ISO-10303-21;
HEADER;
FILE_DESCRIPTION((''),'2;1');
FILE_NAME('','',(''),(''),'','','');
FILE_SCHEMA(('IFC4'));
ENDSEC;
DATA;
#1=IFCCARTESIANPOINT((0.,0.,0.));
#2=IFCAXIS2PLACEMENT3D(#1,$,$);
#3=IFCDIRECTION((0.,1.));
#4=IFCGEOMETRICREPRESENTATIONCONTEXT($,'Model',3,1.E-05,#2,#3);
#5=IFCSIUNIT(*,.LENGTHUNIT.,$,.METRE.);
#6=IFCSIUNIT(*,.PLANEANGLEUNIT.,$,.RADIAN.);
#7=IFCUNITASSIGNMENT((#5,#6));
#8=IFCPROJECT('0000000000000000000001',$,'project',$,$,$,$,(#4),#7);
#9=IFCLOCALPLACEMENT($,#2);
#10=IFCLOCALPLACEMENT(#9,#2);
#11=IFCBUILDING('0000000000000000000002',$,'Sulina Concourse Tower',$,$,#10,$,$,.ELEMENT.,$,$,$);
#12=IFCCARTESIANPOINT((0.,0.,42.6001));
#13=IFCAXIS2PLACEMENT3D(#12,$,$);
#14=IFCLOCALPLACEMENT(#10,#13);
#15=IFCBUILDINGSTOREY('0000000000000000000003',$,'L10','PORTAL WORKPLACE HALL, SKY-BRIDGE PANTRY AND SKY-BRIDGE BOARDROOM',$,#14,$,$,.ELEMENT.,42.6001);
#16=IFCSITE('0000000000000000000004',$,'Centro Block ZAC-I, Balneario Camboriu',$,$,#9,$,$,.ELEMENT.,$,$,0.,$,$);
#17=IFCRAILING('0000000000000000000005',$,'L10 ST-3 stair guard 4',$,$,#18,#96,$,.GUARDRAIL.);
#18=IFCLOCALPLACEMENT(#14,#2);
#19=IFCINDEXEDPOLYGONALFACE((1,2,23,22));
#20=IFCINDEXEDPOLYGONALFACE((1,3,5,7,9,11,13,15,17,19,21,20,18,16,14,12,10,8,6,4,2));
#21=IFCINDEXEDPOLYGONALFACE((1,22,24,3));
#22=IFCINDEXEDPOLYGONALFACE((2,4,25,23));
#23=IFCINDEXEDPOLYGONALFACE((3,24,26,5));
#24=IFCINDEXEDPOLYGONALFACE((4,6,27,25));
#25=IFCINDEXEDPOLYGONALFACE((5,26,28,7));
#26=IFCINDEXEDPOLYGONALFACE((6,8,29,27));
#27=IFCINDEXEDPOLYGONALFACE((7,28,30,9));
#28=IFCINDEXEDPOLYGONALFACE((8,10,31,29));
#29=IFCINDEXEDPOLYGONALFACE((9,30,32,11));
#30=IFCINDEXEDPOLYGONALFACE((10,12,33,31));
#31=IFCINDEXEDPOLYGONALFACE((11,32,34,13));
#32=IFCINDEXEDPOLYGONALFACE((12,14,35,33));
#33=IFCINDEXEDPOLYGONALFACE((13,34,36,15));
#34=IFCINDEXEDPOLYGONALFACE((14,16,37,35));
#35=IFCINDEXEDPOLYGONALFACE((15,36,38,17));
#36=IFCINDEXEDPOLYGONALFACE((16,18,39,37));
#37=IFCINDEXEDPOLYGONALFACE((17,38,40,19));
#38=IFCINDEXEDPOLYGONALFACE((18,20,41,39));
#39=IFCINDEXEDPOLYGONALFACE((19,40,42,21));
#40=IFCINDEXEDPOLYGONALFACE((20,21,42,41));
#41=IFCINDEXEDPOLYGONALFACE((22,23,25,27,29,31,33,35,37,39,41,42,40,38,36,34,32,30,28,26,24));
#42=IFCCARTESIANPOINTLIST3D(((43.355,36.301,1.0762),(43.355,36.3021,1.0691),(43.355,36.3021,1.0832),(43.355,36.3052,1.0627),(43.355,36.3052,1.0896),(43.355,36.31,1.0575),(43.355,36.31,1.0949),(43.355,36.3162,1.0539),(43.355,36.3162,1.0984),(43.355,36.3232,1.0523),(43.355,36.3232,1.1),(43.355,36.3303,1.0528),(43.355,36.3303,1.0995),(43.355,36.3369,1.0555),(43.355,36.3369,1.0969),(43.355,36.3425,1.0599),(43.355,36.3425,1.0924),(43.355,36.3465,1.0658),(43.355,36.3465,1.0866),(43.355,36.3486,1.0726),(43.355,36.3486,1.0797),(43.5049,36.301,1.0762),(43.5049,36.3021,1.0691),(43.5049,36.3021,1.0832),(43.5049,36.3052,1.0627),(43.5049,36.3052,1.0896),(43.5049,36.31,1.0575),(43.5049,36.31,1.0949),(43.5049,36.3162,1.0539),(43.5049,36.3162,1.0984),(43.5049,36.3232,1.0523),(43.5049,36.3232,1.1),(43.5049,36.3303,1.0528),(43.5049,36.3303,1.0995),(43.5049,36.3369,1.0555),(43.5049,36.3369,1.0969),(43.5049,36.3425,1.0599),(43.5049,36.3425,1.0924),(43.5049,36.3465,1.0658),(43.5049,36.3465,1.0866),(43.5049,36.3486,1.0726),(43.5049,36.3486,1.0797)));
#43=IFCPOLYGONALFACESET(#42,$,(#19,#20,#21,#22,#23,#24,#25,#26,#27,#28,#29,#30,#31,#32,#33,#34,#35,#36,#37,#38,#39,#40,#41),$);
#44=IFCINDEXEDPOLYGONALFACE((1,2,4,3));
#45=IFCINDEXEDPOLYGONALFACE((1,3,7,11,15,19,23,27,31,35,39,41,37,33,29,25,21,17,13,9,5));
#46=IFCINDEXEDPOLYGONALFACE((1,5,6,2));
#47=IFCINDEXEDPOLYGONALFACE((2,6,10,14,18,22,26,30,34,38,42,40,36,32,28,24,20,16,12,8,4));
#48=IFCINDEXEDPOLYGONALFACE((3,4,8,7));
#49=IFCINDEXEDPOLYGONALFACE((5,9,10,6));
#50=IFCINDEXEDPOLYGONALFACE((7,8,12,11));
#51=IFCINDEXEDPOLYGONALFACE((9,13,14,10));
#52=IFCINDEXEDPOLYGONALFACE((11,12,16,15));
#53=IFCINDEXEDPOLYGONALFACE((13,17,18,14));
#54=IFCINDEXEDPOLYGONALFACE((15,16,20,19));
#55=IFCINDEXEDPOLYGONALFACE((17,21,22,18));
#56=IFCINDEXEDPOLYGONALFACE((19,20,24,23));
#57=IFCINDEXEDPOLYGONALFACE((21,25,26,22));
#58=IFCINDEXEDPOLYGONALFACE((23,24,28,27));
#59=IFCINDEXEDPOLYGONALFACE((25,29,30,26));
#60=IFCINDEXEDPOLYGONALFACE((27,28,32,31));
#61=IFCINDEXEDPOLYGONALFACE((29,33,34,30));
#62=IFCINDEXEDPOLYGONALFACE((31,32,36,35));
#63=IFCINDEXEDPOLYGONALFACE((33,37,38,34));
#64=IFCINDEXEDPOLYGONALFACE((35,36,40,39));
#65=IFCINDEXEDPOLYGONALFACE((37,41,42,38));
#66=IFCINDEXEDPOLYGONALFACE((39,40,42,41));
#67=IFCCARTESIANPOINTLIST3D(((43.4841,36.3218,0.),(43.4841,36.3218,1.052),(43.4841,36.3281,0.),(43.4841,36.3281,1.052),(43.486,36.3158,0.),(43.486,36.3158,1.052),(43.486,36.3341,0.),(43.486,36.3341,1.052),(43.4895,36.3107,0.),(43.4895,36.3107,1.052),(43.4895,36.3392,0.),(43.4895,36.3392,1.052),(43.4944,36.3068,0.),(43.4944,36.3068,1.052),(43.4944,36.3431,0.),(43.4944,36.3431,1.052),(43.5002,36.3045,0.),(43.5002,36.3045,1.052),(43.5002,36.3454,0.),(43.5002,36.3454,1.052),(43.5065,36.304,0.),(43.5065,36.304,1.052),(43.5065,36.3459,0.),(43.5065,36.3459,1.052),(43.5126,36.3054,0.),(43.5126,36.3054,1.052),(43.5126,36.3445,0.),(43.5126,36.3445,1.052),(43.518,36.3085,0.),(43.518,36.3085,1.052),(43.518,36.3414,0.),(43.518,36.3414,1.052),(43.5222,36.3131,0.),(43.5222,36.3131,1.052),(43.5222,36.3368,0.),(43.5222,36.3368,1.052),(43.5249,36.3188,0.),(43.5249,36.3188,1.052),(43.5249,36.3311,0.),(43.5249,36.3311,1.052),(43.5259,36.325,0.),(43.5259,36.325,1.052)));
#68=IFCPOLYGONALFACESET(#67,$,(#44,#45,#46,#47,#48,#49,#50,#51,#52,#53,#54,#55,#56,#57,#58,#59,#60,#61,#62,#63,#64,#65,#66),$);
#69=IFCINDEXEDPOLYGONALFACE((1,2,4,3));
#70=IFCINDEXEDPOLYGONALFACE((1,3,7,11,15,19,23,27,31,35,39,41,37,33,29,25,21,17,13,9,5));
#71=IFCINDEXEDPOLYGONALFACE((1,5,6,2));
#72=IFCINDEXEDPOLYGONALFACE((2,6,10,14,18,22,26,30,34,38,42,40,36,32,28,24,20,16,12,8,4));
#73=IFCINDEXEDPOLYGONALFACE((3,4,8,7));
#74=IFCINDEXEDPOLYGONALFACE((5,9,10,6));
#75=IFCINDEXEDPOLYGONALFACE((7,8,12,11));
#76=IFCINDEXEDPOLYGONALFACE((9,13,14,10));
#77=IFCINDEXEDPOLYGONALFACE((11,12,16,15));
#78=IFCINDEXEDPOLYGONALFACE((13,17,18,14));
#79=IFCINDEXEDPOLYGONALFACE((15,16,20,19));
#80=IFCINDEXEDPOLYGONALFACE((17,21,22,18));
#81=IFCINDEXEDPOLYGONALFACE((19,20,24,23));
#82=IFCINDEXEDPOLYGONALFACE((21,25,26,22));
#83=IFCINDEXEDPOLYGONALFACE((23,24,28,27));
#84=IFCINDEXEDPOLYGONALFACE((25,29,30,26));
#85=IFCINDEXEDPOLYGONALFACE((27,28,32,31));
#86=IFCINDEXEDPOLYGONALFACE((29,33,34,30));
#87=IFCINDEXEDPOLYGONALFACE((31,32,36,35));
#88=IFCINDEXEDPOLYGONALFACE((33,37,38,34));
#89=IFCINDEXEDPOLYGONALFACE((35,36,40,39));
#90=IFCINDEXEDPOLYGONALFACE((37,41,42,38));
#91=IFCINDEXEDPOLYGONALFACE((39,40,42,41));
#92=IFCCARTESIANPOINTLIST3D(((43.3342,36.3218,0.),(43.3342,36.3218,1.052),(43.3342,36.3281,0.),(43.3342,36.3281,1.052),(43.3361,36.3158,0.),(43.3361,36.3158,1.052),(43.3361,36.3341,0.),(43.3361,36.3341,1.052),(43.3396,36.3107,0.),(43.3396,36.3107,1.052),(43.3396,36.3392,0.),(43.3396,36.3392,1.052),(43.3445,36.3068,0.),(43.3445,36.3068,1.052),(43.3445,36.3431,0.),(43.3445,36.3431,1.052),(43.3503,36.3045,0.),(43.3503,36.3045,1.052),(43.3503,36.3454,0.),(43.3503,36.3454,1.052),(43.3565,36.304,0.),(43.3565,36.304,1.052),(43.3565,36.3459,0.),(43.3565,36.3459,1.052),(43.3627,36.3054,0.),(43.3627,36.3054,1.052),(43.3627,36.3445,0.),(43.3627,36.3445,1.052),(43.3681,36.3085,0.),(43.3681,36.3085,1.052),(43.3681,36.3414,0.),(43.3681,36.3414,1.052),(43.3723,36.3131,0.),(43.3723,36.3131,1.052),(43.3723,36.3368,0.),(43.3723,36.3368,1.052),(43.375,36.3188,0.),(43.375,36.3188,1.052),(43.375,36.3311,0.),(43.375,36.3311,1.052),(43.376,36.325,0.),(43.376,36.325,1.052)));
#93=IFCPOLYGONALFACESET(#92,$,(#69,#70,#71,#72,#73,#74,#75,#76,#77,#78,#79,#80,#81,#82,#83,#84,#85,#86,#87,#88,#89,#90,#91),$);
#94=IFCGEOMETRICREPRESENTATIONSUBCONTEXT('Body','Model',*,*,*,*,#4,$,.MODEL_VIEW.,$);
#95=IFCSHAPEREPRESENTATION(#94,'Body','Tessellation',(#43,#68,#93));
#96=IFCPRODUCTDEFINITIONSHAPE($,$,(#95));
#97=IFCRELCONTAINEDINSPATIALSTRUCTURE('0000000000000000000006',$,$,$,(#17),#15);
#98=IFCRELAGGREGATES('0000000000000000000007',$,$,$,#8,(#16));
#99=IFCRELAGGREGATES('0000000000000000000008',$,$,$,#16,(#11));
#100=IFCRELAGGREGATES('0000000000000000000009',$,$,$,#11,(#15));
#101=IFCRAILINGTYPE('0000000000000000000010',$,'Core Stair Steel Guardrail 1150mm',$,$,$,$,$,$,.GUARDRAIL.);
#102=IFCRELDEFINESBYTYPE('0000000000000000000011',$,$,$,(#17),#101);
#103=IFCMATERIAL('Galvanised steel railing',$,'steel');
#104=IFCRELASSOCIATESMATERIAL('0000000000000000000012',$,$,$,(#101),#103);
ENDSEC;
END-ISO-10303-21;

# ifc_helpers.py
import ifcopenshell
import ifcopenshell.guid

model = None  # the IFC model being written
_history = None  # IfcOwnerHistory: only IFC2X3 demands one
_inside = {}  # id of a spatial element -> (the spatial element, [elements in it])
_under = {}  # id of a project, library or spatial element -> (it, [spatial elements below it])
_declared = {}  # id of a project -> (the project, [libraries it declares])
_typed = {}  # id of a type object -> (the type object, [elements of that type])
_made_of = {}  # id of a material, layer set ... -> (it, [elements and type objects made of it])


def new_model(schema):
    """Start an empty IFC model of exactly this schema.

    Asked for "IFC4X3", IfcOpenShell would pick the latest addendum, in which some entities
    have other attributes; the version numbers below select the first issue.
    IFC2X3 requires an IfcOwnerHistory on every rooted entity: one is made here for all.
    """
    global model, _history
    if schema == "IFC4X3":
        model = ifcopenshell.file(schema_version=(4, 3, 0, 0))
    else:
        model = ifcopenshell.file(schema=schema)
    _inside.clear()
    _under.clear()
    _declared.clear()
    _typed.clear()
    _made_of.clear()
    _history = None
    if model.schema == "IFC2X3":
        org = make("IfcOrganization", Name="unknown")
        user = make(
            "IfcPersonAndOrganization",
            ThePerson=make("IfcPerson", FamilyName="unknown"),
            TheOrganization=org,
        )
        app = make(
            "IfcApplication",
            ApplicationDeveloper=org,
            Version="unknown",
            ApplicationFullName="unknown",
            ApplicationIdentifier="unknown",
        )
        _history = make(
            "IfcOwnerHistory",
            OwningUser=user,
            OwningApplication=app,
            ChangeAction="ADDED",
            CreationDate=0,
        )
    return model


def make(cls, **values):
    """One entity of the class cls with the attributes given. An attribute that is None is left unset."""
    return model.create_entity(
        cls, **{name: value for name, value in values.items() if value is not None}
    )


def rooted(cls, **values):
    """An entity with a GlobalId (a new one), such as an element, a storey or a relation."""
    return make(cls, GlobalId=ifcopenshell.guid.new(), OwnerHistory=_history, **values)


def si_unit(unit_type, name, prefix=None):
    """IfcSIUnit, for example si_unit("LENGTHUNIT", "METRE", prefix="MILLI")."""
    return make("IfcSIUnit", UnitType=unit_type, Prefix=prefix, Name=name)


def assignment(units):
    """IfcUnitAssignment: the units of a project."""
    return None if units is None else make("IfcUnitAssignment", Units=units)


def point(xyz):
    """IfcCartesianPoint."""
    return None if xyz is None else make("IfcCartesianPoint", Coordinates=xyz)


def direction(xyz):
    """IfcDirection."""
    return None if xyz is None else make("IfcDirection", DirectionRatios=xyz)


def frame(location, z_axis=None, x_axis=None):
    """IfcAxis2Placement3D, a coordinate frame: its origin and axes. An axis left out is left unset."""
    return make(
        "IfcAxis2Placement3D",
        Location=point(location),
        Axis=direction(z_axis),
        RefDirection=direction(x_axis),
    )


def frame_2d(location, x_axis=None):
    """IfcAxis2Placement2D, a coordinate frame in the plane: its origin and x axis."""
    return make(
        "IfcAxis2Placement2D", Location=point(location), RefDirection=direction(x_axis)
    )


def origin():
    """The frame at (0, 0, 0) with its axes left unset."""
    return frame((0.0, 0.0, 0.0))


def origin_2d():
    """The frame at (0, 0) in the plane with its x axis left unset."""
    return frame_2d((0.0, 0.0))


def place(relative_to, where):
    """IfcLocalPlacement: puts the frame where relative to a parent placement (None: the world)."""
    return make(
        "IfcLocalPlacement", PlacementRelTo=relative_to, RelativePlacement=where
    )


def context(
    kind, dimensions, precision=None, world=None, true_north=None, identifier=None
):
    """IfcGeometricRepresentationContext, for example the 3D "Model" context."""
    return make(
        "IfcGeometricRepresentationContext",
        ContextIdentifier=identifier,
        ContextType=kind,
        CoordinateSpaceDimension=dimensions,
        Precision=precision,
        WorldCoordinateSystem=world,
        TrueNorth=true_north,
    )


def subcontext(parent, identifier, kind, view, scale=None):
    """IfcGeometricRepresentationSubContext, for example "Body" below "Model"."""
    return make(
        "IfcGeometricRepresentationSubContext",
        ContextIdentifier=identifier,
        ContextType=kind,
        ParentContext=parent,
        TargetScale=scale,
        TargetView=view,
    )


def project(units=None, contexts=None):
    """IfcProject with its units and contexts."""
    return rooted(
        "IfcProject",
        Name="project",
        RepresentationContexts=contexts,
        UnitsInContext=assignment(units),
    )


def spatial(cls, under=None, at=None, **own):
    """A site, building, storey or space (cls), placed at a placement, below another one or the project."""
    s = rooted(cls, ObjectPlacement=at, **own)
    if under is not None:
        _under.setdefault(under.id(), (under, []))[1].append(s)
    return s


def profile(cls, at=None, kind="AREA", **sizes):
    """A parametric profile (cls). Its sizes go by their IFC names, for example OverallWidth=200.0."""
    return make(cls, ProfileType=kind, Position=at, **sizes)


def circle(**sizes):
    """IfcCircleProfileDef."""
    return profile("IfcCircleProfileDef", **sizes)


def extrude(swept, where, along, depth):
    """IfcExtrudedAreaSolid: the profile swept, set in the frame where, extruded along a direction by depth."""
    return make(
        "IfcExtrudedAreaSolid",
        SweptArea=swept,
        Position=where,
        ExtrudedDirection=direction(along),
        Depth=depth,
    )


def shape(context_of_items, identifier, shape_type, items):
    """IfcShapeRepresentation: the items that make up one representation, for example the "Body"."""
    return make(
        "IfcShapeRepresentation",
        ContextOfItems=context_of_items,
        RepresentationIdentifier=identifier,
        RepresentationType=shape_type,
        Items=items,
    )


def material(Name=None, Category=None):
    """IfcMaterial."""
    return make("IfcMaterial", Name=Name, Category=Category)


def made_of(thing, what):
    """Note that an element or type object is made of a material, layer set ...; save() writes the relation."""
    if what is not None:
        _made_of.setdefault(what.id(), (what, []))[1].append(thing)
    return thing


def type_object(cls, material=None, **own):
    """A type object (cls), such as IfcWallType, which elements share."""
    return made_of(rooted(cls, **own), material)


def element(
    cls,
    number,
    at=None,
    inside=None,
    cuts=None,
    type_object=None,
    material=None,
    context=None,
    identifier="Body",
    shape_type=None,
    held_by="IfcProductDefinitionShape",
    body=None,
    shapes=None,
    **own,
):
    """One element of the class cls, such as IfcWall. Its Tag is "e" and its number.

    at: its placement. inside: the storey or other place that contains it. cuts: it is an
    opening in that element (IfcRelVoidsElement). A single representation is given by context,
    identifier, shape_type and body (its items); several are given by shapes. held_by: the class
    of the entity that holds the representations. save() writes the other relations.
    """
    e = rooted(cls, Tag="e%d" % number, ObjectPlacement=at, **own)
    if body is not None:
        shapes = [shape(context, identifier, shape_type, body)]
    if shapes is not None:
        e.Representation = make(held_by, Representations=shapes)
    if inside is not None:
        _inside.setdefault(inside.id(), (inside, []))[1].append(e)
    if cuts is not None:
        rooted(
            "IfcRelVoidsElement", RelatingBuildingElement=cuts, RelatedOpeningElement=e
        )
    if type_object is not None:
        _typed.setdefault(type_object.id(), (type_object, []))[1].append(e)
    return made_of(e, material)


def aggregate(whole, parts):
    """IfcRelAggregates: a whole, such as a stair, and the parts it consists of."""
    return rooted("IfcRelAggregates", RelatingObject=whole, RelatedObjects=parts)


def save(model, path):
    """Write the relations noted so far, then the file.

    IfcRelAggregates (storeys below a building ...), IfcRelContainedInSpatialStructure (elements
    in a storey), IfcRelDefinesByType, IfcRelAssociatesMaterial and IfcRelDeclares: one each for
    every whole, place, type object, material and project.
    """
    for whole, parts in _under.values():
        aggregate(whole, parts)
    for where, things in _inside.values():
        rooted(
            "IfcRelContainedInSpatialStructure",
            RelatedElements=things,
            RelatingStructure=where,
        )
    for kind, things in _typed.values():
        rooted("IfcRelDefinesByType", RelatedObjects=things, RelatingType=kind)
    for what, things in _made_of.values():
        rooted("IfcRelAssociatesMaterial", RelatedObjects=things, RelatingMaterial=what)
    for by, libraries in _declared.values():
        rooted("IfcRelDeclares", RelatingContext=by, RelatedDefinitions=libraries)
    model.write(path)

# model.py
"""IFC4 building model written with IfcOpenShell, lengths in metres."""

from ifc_helpers import new_model, si_unit, direction, frame, origin, origin_2d, place, context, subcontext, project, spatial, circle, extrude, material, type_object, element, save


model = new_model("IFC4")

# Units and contexts
model_context = context("Model", 3, precision=1e-05, world=origin(), true_north=direction((0.0, 1.0)))
body_context = subcontext(model_context, "Body", "Model", "MODEL_VIEW")
ifc_project = project(units=[si_unit("LENGTHUNIT", "METRE"), si_unit("PLANEANGLEUNIT", "RADIAN")], contexts=[model_context])

# Site, building, storey
site_placement = place(None, origin())
site = spatial("IfcSite", under=ifc_project, at=site_placement, Name="Centro Block ZAC-I, Balneario Camboriu", CompositionType="ELEMENT", RefElevation=0.0)
building_placement = place(site_placement, origin())
building = spatial("IfcBuilding", under=site, at=building_placement, Name="Sulina Concourse Tower", CompositionType="ELEMENT")
storey_placement = place(building_placement, frame((0.0, 0.0, 42.6001)))
storey = spatial("IfcBuildingStorey", under=building, at=storey_placement, Name="L10", Description="PORTAL WORKPLACE HALL, SKY-BRIDGE PANTRY AND SKY-BRIDGE BOARDROOM", CompositionType="ELEMENT", Elevation=42.6001)

# Railing
ifc_material_1 = material(Name="Galvanised steel railing", Category="steel")
railing_type_1 = type_object("IfcRailingType", Name="Core Stair Steel Guardrail 1150mm", PredefinedType="GUARDRAIL", material=ifc_material_1)
railing_1_placement = place(storey_placement, frame((43.5049, 36.325, 0.0)))
element("IfcRailing", 1, at=railing_1_placement, inside=storey, type_object=railing_type_1, Name="L10 ST-3 stair guard 4", PredefinedType="GUARDRAIL", context=body_context, shape_type="SweptSolid", body=[
    extrude(circle(Radius=0.0239, at=origin_2d()), frame((0.0, 0.0, 1.0762), z_axis=(-1.0, 0.0, 0.0), x_axis=(0.0, -1.0, 0.0)), (0.0, 0.0, 1.0), 0.1499),
    extrude(circle(Radius=0.021, at=origin_2d()), origin(), (0.0, 0.0, 1.0), 1.052),
    extrude(circle(Radius=0.021, at=origin_2d()), frame((-0.1499, 0.0, 0.0)), (0.0, 0.0, 1.0), 1.052),
])

save(model, "model.ifc")
